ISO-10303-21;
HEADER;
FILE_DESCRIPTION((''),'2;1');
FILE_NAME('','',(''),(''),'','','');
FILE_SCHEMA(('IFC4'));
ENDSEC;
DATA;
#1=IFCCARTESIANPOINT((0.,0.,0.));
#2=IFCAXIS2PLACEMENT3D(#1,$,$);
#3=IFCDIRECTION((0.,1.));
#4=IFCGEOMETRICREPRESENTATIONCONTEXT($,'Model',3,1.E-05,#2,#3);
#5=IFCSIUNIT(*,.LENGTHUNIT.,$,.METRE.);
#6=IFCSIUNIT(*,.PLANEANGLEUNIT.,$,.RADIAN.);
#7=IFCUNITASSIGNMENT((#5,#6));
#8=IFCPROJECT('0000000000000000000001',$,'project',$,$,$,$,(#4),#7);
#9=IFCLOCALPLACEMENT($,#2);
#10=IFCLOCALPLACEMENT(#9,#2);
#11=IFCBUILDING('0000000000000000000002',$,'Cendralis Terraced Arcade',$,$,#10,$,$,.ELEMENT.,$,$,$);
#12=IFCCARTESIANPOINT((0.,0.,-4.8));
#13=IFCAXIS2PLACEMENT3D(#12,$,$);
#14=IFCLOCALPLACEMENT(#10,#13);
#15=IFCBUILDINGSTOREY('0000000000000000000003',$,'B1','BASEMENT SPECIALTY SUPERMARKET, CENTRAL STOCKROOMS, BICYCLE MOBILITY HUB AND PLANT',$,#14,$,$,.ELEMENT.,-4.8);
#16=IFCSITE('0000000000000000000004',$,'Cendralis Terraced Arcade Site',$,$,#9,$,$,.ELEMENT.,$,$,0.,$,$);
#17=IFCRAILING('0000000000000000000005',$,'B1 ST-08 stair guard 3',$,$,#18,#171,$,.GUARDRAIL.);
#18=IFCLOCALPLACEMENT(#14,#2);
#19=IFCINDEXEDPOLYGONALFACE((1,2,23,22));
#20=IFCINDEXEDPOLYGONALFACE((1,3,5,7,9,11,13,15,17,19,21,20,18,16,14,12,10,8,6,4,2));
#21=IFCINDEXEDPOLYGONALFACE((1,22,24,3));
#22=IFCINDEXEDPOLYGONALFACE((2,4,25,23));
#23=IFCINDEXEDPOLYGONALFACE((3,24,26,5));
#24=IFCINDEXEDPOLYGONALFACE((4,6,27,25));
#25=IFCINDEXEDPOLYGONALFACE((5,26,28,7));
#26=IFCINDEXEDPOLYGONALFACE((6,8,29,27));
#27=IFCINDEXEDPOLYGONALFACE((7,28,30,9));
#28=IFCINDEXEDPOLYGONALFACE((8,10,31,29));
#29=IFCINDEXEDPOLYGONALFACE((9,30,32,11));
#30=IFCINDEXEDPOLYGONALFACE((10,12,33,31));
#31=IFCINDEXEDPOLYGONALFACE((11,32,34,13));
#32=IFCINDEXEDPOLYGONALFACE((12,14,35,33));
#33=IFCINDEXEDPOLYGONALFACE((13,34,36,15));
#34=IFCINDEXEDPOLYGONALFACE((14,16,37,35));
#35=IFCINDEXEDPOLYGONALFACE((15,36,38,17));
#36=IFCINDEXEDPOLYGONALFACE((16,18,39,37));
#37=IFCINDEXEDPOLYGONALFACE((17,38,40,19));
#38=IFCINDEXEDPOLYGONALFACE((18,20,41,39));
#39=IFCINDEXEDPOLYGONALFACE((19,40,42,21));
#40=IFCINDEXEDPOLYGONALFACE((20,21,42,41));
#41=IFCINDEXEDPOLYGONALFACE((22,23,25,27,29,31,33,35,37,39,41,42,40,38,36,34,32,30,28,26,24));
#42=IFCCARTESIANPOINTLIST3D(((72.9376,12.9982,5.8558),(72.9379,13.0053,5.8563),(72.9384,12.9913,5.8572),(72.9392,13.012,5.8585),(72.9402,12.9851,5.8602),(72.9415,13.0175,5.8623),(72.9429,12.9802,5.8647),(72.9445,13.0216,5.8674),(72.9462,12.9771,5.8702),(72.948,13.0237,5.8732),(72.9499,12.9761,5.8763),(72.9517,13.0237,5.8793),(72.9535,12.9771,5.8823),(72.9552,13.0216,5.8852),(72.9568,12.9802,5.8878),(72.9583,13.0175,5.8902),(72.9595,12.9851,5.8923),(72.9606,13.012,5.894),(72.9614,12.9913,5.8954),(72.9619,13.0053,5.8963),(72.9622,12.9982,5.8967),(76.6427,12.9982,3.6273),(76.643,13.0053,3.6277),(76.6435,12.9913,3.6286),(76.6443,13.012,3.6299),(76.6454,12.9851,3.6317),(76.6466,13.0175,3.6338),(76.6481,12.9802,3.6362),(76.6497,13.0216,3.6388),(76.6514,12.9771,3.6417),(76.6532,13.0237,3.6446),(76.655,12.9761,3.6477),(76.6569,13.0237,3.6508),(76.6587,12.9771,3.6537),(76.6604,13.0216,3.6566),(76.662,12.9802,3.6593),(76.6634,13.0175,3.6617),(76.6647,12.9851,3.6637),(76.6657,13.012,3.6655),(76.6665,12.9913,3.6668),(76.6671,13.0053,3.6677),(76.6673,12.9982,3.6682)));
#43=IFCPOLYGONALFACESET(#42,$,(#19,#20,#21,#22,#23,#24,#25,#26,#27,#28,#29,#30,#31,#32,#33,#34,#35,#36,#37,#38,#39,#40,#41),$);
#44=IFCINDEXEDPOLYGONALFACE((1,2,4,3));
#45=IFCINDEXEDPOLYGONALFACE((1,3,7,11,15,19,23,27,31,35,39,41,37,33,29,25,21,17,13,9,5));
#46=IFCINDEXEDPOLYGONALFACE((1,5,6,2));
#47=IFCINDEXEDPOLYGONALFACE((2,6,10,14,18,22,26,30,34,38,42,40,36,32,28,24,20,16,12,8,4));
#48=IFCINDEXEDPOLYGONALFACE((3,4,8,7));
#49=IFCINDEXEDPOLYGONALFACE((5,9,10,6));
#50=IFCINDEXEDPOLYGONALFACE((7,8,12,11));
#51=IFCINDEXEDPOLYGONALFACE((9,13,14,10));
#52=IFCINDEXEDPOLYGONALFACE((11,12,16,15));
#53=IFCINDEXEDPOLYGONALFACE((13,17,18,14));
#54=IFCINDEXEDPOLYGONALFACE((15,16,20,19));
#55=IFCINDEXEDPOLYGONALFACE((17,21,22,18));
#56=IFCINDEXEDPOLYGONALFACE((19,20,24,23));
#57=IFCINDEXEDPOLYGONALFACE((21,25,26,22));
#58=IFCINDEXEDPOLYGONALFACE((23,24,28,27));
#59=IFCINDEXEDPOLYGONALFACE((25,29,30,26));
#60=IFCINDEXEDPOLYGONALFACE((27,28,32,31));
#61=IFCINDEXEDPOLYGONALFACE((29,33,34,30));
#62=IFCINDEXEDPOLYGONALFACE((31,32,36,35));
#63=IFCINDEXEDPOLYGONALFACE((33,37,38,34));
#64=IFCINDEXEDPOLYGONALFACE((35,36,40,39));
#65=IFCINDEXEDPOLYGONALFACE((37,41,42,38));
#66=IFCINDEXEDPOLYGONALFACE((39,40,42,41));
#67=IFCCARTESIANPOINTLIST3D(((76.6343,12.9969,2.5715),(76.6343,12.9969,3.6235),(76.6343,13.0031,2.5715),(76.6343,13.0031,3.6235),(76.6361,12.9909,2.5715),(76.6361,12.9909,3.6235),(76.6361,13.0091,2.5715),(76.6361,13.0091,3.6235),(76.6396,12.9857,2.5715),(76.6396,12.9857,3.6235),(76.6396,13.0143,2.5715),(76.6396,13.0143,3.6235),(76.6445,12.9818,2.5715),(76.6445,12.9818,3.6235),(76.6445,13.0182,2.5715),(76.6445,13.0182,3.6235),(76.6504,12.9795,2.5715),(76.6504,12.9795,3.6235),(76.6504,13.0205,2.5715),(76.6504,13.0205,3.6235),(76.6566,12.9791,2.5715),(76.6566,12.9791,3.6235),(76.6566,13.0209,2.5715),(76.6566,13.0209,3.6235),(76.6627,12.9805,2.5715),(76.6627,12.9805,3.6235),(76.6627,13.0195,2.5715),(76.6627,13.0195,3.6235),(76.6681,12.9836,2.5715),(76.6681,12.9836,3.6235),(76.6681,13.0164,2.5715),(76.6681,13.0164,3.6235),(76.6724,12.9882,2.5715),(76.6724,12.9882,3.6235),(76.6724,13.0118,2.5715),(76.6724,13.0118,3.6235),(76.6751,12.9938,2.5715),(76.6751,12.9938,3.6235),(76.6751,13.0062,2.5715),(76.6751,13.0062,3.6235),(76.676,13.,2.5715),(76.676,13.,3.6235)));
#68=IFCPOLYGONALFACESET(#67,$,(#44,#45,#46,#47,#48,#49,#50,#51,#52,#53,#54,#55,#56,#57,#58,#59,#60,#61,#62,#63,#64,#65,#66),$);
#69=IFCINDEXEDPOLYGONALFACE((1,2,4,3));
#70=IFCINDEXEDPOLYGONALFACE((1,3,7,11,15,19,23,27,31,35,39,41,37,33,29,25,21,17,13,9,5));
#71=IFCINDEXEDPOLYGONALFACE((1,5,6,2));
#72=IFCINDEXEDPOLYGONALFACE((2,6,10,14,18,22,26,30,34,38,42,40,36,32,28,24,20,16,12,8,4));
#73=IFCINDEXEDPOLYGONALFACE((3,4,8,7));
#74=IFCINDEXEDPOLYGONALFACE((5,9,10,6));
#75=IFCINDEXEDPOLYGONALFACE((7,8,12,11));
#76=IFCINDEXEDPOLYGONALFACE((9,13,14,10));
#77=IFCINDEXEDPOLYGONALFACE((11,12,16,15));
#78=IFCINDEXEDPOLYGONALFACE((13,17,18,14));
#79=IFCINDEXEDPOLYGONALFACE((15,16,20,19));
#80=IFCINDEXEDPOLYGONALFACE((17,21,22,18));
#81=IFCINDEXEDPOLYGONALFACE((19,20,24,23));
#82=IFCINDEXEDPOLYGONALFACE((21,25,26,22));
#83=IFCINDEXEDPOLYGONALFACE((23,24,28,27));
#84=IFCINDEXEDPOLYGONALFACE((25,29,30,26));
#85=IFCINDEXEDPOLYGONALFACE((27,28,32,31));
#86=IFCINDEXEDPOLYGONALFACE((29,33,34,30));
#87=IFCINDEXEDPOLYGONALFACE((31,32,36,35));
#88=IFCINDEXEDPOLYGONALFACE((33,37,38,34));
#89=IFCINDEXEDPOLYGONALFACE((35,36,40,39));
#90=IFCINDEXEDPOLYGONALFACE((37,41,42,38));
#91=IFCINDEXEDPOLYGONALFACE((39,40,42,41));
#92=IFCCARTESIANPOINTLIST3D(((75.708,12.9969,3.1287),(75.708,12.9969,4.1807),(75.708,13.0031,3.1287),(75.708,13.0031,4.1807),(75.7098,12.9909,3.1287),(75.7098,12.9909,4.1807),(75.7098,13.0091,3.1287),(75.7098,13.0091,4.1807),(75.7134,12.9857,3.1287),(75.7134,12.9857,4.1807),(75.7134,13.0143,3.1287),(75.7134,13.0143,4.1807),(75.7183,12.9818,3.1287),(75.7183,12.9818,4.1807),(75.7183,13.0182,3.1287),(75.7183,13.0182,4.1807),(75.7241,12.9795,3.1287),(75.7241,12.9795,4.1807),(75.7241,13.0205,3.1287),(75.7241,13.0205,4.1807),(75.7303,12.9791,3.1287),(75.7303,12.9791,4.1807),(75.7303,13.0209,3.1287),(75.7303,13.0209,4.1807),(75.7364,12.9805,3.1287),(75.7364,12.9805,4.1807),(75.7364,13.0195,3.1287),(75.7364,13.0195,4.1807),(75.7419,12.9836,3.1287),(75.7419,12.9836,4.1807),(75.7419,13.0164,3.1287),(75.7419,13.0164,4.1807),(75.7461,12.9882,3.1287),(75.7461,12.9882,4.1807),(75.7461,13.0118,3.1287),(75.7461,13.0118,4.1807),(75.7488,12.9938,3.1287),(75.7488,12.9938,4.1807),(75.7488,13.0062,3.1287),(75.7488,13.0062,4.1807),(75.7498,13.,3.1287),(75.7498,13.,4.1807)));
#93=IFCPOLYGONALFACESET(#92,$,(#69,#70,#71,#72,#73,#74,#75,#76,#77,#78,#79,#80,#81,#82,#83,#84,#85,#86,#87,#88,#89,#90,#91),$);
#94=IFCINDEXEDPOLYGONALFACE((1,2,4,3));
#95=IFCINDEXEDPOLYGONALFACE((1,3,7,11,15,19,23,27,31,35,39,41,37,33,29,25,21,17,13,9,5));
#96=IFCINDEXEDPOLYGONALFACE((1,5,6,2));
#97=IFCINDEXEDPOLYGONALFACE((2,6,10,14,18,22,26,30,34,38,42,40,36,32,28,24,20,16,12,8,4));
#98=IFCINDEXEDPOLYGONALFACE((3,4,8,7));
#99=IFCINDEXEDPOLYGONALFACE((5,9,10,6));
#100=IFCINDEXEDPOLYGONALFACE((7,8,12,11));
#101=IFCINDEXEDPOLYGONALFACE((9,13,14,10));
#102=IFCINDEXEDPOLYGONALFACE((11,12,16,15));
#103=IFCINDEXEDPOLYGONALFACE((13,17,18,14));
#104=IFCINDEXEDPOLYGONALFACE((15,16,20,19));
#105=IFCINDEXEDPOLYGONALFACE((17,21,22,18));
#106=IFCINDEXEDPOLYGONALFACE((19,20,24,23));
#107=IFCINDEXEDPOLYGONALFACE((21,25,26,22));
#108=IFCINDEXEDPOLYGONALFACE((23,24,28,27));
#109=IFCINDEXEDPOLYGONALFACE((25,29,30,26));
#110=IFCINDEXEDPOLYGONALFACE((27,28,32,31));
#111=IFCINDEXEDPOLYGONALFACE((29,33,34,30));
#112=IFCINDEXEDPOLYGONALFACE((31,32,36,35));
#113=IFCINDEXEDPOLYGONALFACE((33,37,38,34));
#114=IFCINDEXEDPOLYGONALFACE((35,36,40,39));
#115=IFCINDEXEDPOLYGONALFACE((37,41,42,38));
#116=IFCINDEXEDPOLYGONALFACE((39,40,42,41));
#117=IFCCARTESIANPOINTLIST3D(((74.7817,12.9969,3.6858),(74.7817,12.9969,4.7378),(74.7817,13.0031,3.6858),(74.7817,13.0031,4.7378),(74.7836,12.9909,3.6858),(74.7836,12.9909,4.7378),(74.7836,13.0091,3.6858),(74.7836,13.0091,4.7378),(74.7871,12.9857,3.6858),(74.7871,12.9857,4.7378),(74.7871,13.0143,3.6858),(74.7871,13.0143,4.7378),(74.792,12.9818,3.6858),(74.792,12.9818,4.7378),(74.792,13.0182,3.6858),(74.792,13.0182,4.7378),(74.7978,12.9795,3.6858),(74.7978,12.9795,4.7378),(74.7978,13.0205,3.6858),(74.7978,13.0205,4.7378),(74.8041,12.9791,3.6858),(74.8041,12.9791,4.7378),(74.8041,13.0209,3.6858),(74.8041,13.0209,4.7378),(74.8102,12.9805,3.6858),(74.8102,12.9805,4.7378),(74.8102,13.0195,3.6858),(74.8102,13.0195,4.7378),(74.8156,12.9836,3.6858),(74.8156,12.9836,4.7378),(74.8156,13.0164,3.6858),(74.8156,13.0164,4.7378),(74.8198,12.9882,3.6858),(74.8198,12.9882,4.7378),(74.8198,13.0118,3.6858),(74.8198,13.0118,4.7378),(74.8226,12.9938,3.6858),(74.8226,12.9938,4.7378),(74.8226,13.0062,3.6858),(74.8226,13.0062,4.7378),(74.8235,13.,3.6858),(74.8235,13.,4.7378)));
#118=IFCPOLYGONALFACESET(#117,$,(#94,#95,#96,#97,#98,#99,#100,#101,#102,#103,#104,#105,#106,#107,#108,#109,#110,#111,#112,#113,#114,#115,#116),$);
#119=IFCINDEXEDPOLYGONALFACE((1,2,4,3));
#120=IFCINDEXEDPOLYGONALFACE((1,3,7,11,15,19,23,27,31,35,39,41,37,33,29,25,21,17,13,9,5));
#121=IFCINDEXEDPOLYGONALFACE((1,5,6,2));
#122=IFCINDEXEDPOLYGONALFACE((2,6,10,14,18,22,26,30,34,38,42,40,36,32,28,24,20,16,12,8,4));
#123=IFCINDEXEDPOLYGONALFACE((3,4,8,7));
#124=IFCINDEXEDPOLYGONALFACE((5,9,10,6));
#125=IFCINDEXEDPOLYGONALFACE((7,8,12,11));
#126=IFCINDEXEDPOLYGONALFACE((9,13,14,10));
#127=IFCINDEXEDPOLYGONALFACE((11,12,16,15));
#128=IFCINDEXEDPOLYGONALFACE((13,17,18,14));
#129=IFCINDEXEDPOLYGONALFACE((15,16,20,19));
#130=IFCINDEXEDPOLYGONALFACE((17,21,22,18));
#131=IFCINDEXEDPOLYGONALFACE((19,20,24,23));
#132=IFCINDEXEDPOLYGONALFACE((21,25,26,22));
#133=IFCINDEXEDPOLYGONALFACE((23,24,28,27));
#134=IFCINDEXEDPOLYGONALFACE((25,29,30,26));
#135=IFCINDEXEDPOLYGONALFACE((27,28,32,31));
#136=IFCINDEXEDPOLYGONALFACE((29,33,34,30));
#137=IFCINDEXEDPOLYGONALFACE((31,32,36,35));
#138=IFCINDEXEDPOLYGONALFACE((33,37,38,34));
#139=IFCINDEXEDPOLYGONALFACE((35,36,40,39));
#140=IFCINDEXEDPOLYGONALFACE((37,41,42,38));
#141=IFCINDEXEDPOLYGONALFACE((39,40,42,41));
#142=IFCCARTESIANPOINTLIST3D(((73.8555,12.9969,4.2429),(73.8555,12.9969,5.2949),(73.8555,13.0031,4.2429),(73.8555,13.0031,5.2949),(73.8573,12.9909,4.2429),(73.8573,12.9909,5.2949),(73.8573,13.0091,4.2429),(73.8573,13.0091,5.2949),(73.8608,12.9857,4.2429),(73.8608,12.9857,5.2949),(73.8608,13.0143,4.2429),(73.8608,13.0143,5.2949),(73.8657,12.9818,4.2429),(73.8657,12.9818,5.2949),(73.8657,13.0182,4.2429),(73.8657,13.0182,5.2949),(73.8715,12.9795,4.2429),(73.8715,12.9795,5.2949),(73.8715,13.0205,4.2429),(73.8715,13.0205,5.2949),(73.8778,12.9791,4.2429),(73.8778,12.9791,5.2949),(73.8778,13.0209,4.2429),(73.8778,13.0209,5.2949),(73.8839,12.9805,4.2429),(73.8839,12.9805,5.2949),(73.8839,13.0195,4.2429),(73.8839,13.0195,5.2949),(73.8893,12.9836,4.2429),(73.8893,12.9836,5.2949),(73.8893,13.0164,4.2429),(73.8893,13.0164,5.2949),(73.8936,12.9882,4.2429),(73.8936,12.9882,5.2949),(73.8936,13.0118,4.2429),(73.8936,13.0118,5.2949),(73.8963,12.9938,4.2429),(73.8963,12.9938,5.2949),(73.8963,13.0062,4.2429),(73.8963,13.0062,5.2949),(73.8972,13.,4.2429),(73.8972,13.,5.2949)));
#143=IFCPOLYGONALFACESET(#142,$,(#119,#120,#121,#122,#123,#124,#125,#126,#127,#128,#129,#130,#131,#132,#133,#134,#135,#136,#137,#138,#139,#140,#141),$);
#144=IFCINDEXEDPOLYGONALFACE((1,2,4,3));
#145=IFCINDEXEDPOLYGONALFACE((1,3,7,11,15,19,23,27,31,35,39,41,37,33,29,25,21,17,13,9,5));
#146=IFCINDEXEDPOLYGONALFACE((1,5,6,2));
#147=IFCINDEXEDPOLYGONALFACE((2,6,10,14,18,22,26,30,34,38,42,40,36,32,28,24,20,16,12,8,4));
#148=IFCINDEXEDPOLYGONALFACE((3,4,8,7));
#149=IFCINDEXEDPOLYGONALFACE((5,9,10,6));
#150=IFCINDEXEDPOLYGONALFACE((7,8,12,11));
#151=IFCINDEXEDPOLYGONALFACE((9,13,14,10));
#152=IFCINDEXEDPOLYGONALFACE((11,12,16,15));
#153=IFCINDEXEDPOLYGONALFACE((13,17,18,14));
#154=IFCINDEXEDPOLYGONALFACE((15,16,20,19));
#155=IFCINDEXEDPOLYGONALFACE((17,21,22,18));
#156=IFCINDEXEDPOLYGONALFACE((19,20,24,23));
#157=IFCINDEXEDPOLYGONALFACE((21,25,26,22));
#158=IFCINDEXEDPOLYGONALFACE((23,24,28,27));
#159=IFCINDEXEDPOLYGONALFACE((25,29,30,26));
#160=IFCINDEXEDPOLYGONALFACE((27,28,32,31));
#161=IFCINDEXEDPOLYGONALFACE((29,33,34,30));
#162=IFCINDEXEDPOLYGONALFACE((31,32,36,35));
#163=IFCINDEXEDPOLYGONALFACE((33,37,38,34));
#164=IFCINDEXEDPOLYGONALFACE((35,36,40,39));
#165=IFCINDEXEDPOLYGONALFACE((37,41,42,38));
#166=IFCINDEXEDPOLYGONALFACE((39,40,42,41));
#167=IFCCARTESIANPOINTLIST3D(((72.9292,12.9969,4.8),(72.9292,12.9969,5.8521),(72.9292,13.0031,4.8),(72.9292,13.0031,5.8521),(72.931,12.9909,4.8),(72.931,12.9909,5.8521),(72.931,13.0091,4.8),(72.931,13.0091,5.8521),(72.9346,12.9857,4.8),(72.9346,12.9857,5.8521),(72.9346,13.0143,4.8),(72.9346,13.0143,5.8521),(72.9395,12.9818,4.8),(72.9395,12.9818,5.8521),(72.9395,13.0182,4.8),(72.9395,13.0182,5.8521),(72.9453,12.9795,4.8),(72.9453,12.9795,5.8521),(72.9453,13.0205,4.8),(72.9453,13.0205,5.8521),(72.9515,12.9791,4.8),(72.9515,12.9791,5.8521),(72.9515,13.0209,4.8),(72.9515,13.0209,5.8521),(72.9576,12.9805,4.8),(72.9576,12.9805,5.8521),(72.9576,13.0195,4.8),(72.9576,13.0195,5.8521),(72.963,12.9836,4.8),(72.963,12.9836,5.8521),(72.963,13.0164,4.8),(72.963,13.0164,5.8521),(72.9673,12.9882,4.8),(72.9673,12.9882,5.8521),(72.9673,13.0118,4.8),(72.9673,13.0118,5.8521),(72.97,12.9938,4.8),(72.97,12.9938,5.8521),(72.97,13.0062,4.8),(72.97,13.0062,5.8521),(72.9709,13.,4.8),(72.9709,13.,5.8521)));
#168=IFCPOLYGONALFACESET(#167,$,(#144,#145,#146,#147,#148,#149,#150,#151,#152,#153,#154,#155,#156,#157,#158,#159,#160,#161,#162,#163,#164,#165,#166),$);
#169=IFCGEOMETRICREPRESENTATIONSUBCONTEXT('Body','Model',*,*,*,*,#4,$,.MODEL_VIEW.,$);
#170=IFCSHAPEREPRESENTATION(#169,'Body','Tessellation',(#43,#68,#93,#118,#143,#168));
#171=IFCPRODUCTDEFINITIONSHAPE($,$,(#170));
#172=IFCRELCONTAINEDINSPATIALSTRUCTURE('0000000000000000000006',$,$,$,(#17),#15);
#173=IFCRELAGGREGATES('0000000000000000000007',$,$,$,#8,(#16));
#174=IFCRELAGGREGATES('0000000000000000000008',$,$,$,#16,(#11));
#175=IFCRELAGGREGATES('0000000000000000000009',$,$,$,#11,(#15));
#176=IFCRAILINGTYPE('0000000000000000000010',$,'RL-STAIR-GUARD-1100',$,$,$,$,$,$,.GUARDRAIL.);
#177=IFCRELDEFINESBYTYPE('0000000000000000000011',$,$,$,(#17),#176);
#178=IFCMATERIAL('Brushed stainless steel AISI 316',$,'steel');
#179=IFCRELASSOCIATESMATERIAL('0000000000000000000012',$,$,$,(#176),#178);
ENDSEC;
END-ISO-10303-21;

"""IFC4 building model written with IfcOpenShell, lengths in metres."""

from ifc_helpers import new_model, si_unit, direction, frame, origin, origin_2d, place, context, subcontext, project, spatial, circle, extrude, material, type_object, element, save


model = new_model("IFC4")

# Units and contexts
model_context = context("Model", 3, precision=1e-05, world=origin(), true_north=direction((0.0, 1.0)))
body_context = subcontext(model_context, "Body", "Model", "MODEL_VIEW")
ifc_project = project(units=[si_unit("LENGTHUNIT", "METRE"), si_unit("PLANEANGLEUNIT", "RADIAN")], contexts=[model_context])

# Site, building, storey
site_placement = place(None, origin())
site = spatial("IfcSite", under=ifc_project, at=site_placement, Name="Cendralis Terraced Arcade Site", CompositionType="ELEMENT", RefElevation=0.0)
building_placement = place(site_placement, origin())
building = spatial("IfcBuilding", under=site, at=building_placement, Name="Cendralis Terraced Arcade", CompositionType="ELEMENT")
storey_placement = place(building_placement, frame((0.0, 0.0, -4.8)))
storey = spatial("IfcBuildingStorey", under=building, at=storey_placement, Name="B1", Description="BASEMENT SPECIALTY SUPERMARKET, CENTRAL STOCKROOMS, BICYCLE MOBILITY HUB AND PLANT", CompositionType="ELEMENT", Elevation=-4.8)

# Railing
ifc_material_1 = material(Name="Brushed stainless steel AISI 316", Category="steel")
railing_type_1 = type_object("IfcRailingType", Name="RL-STAIR-GUARD-1100", PredefinedType="GUARDRAIL", material=ifc_material_1)
railing_1_placement = place(storey_placement, frame((76.655, 13.0, 2.5715)))
element("IfcRailing", 1, at=railing_1_placement, inside=storey, type_object=railing_type_1, Name="B1 ST-08 stair guard 3", PredefinedType="GUARDRAIL", context=body_context, shape_type="SweptSolid", body=[
    extrude(circle(Radius=0.0239, at=origin_2d()), frame((0.0, 0.0, 1.0762), z_axis=(-0.856934, 0.0, 0.515425), x_axis=(0.0, -1.0, 0.0)), (0.0, 0.0, 1.0), 4.3237),
    extrude(circle(Radius=0.021, at=origin_2d()), origin(), (0.0, 0.0, 1.0), 1.052),
    extrude(circle(Radius=0.021, at=origin_2d()), frame((-0.9263, 0.0, 0.5571)), (0.0, 0.0, 1.0), 1.052),
    extrude(circle(Radius=0.021, at=origin_2d()), frame((-1.8525, 0.0, 1.1143)), (0.0, 0.0, 1.0), 1.052),
    extrude(circle(Radius=0.021, at=origin_2d()), frame((-2.7788, 0.0, 1.6714)), (0.0, 0.0, 1.0), 1.052),
    extrude(circle(Radius=0.021, at=origin_2d()), frame((-3.7051, 0.0, 2.2285)), (0.0, 0.0, 1.0), 1.052),
])

save(model, "model.ifc")
